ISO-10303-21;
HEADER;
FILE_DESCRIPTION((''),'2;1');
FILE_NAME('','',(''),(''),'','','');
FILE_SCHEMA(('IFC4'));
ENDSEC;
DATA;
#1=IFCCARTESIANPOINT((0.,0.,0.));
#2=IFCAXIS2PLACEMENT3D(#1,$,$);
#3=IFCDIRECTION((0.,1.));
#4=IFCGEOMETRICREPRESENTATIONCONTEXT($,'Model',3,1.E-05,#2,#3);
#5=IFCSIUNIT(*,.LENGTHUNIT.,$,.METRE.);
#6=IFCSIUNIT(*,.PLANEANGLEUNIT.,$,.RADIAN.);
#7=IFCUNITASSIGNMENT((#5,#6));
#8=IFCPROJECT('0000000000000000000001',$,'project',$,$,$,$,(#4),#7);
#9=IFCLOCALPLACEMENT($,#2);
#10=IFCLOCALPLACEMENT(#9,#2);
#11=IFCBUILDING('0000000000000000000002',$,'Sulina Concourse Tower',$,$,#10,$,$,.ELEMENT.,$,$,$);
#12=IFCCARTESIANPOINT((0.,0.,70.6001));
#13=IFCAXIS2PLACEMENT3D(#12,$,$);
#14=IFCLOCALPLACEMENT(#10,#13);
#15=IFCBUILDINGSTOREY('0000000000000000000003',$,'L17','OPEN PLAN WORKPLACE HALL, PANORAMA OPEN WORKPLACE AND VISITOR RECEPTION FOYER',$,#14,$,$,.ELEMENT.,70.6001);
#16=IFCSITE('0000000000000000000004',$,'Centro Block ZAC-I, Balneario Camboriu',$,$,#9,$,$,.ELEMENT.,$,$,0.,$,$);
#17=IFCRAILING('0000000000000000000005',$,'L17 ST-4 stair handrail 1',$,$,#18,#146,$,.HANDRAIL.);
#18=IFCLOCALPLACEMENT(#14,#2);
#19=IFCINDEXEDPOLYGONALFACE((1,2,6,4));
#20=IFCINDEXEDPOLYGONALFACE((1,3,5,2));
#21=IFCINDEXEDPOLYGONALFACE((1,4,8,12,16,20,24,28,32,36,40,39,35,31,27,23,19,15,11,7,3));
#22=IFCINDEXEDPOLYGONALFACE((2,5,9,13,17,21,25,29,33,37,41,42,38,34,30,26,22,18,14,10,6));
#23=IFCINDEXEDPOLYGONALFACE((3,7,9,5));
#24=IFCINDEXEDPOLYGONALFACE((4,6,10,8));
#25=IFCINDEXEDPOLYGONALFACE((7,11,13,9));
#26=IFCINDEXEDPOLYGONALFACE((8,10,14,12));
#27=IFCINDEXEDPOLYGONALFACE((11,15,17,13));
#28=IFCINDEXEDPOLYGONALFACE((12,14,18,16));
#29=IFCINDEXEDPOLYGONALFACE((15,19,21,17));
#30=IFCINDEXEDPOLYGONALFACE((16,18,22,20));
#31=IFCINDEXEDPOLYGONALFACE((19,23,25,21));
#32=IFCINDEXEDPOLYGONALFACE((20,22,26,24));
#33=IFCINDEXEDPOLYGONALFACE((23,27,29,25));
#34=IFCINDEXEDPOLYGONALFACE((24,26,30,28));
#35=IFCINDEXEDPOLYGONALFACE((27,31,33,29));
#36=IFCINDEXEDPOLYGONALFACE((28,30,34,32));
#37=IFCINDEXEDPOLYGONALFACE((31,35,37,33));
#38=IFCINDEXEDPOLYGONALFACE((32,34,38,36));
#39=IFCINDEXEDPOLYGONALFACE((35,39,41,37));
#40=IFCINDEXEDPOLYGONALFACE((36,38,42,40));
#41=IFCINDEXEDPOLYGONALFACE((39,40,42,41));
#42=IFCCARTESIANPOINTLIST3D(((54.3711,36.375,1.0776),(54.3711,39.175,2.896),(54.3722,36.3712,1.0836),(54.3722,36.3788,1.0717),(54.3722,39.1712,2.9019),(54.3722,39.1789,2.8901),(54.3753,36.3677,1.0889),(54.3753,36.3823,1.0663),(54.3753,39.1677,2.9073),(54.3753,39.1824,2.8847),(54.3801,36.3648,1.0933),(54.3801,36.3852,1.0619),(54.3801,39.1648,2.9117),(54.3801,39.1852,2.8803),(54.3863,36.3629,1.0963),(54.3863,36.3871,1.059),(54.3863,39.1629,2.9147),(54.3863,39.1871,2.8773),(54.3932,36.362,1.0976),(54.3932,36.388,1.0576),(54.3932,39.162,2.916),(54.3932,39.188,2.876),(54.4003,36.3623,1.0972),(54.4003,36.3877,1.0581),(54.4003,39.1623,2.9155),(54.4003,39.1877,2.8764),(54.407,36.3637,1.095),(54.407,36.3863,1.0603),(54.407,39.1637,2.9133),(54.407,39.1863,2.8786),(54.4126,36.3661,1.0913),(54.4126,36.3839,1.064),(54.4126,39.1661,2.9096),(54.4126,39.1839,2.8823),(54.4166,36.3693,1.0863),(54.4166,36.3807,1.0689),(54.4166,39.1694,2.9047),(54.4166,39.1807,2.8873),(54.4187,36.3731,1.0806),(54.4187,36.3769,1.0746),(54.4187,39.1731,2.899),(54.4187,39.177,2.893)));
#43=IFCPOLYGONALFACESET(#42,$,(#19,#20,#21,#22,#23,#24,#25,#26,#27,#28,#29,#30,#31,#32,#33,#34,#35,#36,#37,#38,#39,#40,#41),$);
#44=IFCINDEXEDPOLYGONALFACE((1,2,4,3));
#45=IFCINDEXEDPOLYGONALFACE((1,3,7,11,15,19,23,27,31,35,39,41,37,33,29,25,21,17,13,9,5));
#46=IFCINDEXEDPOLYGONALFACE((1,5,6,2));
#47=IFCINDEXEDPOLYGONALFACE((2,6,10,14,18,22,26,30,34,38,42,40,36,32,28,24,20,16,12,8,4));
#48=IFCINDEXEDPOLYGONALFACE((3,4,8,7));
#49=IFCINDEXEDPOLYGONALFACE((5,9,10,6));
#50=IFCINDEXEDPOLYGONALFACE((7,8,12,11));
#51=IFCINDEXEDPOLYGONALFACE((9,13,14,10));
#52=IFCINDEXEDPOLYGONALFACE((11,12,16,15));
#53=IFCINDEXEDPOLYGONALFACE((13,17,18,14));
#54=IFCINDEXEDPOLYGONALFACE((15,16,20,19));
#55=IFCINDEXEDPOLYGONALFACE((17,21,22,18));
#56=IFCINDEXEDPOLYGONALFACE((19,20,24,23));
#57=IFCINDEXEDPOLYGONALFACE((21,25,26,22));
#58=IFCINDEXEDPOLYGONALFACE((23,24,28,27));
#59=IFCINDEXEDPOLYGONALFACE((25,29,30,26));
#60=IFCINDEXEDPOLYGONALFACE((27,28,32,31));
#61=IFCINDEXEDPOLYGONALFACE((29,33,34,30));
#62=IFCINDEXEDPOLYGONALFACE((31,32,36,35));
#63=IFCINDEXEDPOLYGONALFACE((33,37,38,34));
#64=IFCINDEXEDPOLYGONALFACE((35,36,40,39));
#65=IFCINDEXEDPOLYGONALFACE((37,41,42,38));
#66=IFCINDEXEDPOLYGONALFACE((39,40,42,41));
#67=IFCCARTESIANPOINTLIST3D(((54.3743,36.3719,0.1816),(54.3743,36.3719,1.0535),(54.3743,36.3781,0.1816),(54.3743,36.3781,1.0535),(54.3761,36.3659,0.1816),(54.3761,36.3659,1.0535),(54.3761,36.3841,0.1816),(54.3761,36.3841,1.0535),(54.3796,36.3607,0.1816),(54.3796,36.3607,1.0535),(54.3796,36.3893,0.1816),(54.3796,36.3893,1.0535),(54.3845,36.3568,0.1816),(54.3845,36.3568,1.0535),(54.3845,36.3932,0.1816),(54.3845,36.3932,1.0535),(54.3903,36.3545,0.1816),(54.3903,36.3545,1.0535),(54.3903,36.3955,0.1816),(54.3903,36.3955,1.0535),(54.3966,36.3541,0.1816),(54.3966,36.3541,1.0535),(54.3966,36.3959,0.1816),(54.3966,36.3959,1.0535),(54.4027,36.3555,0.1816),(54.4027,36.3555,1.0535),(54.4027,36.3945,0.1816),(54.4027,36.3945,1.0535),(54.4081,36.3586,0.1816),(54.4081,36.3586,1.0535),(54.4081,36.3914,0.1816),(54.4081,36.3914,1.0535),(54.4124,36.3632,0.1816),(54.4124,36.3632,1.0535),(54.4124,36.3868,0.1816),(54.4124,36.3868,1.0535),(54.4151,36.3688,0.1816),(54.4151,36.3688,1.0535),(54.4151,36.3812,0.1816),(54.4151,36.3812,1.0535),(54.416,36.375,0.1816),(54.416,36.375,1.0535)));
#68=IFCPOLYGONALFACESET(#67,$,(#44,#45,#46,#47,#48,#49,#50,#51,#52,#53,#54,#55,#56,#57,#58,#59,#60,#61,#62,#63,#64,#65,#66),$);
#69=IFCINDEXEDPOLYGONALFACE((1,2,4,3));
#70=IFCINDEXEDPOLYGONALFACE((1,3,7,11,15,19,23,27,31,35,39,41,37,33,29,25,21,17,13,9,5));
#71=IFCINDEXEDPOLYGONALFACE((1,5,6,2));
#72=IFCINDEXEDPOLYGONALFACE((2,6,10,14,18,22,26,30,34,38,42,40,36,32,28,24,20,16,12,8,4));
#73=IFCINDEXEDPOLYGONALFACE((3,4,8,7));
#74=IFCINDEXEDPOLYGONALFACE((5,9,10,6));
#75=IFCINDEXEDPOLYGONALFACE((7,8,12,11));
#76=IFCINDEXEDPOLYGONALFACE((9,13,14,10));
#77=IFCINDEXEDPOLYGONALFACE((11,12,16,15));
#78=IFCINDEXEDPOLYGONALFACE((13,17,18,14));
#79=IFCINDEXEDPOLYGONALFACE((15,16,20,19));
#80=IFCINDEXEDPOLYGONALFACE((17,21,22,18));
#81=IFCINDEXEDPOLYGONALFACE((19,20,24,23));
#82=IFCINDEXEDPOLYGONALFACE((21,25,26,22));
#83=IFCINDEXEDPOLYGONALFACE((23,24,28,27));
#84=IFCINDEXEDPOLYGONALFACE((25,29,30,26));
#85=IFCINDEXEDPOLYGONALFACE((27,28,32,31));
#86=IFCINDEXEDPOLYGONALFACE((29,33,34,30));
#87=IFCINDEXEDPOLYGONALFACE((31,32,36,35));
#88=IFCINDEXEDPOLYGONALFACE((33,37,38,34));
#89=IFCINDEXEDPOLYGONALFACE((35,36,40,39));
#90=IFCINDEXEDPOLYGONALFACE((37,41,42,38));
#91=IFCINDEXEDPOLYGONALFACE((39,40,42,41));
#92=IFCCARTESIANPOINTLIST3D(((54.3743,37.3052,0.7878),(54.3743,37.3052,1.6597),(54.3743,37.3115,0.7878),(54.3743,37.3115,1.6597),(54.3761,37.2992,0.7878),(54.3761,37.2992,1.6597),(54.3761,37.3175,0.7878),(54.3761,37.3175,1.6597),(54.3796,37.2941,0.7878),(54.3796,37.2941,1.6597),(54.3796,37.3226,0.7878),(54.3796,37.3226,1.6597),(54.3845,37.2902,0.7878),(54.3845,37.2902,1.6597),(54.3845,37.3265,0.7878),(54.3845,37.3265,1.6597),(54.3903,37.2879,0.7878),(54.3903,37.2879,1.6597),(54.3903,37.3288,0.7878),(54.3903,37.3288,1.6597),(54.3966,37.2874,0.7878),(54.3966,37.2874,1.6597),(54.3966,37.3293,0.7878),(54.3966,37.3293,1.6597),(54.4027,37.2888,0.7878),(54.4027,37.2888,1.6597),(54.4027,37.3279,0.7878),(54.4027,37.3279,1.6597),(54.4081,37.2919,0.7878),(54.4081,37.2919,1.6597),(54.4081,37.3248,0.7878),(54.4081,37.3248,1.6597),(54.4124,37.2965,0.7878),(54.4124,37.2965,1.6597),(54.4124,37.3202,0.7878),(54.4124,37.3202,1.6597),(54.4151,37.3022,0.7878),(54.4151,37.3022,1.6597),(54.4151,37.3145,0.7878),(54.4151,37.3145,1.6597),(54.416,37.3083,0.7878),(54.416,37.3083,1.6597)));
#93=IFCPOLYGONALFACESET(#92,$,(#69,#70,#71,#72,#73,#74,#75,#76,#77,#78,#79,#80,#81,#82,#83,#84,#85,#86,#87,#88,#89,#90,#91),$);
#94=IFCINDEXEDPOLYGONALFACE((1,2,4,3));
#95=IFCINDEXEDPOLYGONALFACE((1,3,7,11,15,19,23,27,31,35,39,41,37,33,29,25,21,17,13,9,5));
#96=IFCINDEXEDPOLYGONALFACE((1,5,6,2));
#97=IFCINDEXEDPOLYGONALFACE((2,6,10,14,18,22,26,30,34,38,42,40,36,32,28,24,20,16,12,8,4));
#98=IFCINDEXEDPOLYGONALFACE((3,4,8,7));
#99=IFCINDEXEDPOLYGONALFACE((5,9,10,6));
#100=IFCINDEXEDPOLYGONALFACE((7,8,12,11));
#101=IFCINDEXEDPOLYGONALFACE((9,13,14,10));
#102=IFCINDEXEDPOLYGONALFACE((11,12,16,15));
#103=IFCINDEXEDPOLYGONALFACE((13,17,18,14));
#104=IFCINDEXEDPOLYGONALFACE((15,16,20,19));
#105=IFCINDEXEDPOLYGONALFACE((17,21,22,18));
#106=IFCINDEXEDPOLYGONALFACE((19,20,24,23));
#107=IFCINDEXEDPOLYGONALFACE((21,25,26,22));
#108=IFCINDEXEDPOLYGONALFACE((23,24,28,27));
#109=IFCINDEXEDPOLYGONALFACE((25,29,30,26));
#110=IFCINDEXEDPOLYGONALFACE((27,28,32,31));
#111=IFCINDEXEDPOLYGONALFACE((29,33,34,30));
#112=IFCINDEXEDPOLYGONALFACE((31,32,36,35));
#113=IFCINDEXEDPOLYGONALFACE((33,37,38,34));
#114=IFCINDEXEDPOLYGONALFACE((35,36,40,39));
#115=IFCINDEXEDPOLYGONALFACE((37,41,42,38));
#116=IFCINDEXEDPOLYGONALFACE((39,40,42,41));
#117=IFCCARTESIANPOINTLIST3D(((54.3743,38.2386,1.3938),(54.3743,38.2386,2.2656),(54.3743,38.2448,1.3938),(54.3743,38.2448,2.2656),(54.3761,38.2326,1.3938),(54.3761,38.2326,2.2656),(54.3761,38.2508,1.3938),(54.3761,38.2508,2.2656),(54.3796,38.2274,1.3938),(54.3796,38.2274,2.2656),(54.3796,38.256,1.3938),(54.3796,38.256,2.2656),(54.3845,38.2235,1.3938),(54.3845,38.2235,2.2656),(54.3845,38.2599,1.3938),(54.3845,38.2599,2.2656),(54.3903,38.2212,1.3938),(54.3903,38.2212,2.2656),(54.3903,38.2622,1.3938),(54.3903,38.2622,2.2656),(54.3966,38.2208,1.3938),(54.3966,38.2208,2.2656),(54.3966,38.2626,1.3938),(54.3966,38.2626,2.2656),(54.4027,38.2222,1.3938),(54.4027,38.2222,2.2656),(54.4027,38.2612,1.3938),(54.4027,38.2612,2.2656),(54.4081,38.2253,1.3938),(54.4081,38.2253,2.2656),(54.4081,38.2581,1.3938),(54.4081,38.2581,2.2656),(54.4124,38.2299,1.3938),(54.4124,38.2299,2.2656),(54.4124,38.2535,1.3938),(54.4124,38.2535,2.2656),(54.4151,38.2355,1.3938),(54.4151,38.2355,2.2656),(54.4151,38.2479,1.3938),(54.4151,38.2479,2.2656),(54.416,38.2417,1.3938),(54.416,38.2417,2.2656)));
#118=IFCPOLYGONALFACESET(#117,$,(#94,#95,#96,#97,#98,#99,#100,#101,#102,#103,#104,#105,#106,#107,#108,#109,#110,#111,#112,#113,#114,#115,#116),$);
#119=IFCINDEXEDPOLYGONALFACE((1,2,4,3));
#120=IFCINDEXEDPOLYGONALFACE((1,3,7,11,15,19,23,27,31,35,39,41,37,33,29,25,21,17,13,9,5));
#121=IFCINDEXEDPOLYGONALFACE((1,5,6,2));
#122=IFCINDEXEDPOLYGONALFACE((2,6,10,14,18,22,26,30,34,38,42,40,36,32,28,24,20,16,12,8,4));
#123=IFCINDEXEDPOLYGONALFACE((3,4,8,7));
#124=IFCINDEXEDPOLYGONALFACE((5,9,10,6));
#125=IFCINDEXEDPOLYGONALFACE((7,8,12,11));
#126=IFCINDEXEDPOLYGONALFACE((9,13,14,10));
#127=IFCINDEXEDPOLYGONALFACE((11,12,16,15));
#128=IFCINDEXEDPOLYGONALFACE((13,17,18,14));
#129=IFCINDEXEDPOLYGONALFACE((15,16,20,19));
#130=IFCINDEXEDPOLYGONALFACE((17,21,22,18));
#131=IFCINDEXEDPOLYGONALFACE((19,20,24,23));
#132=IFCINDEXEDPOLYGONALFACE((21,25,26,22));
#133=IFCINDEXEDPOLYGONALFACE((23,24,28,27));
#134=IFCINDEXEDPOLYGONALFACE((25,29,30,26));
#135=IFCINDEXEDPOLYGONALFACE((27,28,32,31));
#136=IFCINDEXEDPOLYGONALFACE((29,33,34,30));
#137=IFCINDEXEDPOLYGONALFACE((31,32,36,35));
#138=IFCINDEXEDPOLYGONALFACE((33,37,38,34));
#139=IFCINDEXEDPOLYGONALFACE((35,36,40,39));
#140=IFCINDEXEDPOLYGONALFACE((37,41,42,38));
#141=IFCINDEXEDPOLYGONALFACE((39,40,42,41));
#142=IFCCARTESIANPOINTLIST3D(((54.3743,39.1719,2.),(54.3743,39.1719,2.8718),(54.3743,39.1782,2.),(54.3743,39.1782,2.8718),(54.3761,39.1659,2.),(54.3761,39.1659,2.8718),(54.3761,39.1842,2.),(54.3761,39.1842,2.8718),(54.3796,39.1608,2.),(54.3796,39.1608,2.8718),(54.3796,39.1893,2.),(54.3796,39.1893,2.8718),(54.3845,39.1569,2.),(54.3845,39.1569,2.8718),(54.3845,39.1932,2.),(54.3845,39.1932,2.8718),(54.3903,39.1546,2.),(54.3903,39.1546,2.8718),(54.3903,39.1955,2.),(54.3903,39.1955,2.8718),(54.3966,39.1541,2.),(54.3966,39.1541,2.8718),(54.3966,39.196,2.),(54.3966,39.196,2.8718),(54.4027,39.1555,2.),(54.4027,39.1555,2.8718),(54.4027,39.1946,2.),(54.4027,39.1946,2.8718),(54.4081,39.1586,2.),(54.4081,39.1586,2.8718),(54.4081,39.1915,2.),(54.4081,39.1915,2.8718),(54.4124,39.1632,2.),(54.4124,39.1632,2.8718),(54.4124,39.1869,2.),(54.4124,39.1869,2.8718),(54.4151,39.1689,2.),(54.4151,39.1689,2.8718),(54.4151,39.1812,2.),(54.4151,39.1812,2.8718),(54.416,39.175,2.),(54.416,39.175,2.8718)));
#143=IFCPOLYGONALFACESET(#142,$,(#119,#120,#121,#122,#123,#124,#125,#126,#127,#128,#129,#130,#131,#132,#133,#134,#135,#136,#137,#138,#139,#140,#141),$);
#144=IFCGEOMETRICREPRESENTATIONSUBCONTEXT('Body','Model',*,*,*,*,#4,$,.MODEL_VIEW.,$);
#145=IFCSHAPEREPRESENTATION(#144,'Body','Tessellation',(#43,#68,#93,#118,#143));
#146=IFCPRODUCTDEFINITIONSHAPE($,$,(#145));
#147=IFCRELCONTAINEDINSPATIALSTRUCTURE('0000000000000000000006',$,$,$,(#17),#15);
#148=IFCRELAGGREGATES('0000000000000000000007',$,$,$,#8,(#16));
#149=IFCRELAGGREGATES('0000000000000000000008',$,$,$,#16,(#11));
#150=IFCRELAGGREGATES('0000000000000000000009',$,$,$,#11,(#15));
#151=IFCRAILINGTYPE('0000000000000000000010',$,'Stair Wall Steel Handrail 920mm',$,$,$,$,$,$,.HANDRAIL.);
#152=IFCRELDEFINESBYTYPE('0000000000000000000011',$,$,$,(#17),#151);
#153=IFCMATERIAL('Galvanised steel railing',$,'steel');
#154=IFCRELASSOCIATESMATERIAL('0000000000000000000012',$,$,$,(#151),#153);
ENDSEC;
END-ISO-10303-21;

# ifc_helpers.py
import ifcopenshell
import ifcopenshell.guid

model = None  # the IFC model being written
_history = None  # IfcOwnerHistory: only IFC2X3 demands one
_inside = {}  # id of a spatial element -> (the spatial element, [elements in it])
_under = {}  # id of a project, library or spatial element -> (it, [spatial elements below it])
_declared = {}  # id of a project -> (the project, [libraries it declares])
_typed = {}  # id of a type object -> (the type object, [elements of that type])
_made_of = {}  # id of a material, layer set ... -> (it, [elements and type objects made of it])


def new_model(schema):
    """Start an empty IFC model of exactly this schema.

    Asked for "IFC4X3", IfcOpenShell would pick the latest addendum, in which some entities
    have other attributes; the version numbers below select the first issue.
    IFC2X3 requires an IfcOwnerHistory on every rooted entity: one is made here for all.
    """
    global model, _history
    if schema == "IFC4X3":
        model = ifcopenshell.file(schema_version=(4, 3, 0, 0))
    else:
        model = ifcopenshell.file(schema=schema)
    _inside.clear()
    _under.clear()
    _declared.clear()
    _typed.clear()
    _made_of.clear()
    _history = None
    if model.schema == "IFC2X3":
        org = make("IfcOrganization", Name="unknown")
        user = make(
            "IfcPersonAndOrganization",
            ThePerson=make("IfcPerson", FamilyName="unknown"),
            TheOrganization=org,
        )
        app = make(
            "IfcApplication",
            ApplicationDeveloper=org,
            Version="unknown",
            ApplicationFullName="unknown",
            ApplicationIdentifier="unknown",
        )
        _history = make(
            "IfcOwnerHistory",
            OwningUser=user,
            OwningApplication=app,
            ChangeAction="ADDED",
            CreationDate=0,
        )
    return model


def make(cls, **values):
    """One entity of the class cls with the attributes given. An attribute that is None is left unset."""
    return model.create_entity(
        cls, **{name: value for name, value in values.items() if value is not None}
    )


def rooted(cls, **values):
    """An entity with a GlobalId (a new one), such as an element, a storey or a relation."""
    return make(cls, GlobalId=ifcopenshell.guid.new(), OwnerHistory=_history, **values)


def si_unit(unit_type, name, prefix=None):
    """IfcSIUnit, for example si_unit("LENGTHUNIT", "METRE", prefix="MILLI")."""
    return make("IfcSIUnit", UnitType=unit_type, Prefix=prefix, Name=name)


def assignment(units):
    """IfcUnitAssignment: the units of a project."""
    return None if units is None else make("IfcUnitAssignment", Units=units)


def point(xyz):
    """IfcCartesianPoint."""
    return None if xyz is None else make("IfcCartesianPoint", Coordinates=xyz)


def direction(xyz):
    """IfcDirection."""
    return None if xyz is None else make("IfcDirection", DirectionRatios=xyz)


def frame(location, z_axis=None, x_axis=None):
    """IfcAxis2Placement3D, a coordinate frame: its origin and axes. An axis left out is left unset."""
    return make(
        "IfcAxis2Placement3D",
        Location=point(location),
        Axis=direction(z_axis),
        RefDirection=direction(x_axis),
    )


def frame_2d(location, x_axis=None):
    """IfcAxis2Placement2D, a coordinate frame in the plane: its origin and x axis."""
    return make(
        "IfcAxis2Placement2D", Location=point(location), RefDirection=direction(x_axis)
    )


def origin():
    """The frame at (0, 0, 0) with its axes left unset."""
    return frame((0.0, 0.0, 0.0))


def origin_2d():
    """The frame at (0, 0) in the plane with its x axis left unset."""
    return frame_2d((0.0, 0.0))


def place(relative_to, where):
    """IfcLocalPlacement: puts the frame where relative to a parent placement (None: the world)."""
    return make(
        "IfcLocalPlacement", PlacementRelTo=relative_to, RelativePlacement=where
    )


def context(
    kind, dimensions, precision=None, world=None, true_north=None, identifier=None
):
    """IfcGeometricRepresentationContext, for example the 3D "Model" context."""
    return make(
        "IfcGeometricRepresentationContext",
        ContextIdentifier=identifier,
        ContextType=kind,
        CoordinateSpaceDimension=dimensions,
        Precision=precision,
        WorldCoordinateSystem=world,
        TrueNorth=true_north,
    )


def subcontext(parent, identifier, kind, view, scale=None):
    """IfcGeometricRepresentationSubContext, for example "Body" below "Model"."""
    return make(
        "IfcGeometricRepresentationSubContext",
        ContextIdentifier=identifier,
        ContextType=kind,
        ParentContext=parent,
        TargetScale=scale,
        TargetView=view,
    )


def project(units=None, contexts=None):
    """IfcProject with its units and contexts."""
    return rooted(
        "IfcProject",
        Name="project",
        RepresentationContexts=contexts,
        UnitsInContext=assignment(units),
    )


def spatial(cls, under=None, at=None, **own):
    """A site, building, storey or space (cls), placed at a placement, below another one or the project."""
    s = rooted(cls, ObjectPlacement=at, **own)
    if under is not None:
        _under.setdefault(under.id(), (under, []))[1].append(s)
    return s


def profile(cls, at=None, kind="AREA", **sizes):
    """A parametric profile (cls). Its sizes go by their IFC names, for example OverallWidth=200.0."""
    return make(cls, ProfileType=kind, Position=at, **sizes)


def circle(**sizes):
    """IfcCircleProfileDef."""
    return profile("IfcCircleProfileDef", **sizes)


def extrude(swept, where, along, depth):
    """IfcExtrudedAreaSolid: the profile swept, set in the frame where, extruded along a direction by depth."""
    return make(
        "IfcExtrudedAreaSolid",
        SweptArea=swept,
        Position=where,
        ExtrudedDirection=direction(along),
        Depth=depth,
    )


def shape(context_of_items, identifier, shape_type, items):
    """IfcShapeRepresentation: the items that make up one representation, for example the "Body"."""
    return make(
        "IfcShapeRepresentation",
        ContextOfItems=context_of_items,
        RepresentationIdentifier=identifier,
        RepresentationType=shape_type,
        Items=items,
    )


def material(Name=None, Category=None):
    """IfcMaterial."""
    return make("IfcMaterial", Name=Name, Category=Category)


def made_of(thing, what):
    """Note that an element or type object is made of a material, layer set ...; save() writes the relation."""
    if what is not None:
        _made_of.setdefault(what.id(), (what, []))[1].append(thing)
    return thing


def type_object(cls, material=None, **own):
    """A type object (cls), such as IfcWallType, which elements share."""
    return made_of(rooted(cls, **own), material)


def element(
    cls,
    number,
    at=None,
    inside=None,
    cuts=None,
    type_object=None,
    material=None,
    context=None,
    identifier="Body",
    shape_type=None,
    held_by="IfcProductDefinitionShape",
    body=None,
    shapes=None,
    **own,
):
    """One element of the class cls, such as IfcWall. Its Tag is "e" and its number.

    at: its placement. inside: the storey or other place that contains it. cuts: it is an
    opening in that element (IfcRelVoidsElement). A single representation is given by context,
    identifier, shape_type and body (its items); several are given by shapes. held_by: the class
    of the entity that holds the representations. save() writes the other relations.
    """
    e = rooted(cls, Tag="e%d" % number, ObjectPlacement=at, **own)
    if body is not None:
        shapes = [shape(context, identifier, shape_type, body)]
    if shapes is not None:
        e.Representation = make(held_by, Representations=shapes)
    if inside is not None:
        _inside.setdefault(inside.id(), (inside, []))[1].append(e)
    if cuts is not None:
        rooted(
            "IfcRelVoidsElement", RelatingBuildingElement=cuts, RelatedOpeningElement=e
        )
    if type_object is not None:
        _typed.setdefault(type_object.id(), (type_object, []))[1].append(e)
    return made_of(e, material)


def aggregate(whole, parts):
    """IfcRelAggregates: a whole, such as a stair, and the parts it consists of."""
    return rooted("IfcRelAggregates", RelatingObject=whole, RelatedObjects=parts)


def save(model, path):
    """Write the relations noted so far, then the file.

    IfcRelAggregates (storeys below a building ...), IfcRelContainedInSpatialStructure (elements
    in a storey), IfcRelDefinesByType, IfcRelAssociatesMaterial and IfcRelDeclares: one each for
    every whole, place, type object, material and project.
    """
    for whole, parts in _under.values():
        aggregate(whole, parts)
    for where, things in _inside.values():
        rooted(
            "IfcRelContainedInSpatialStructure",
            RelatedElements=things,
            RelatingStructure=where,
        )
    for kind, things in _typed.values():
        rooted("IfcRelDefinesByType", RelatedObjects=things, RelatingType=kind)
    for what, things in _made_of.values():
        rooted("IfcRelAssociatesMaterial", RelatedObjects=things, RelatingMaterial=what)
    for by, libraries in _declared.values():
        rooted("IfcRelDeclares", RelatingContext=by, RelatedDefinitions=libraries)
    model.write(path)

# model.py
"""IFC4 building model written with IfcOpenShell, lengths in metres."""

from ifc_helpers import new_model, si_unit, direction, frame, origin, origin_2d, place, context, subcontext, project, spatial, circle, extrude, material, type_object, element, save


model = new_model("IFC4")

# Units and contexts
model_context = context("Model", 3, precision=1e-05, world=origin(), true_north=direction((0.0, 1.0)))
body_context = subcontext(model_context, "Body", "Model", "MODEL_VIEW")
ifc_project = project(units=[si_unit("LENGTHUNIT", "METRE"), si_unit("PLANEANGLEUNIT", "RADIAN")], contexts=[model_context])

# Site, building, storey
site_placement = place(None, origin())
site = spatial("IfcSite", under=ifc_project, at=site_placement, Name="Centro Block ZAC-I, Balneario Camboriu", CompositionType="ELEMENT", RefElevation=0.0)
building_placement = place(site_placement, origin())
building = spatial("IfcBuilding", under=site, at=building_placement, Name="Sulina Concourse Tower", CompositionType="ELEMENT")
storey_placement = place(building_placement, frame((0.0, 0.0, 70.6001)))
storey = spatial("IfcBuildingStorey", under=building, at=storey_placement, Name="L17", Description="OPEN PLAN WORKPLACE HALL, PANORAMA OPEN WORKPLACE AND VISITOR RECEPTION FOYER", CompositionType="ELEMENT", Elevation=70.6001)

# Railing
ifc_material_1 = material(Name="Galvanised steel railing", Category="steel")
railing_type_1 = type_object("IfcRailingType", Name="Stair Wall Steel Handrail 920mm", PredefinedType="HANDRAIL", material=ifc_material_1)
for number, where, name in (
    (1, (54.395, 36.375, 0.1816), "L17 ST-4 stair handrail 1"),
):
    element("IfcRailing", number, at=place(storey_placement, frame(where)), inside=storey, type_object=railing_type_1, Name=name, PredefinedType="HANDRAIL", context=body_context, shape_type="SweptSolid", body=[
        extrude(circle(Radius=0.0239, at=origin_2d()), frame((0.0, 0.0, 0.896), z_axis=(0.0, 0.838672, 0.544636), x_axis=(-1.0, 0.0, 0.0)), (0.0, 0.0, 1.0), 3.3386),
        extrude(circle(Radius=0.021, at=origin_2d()), origin(), (0.0, 0.0, 1.0), 0.8718),
        extrude(circle(Radius=0.021, at=origin_2d()), frame((0.0, 0.9333, 0.6062)), (0.0, 0.0, 1.0), 0.8718),
        extrude(circle(Radius=0.021, at=origin_2d()), frame((0.0, 1.8667, 1.2122)), (0.0, 0.0, 1.0), 0.8718),
        extrude(circle(Radius=0.021, at=origin_2d()), frame((0.0, 2.8, 1.8184)), (0.0, 0.0, 1.0), 0.8718),
    ])

save(model, "model.ifc")
